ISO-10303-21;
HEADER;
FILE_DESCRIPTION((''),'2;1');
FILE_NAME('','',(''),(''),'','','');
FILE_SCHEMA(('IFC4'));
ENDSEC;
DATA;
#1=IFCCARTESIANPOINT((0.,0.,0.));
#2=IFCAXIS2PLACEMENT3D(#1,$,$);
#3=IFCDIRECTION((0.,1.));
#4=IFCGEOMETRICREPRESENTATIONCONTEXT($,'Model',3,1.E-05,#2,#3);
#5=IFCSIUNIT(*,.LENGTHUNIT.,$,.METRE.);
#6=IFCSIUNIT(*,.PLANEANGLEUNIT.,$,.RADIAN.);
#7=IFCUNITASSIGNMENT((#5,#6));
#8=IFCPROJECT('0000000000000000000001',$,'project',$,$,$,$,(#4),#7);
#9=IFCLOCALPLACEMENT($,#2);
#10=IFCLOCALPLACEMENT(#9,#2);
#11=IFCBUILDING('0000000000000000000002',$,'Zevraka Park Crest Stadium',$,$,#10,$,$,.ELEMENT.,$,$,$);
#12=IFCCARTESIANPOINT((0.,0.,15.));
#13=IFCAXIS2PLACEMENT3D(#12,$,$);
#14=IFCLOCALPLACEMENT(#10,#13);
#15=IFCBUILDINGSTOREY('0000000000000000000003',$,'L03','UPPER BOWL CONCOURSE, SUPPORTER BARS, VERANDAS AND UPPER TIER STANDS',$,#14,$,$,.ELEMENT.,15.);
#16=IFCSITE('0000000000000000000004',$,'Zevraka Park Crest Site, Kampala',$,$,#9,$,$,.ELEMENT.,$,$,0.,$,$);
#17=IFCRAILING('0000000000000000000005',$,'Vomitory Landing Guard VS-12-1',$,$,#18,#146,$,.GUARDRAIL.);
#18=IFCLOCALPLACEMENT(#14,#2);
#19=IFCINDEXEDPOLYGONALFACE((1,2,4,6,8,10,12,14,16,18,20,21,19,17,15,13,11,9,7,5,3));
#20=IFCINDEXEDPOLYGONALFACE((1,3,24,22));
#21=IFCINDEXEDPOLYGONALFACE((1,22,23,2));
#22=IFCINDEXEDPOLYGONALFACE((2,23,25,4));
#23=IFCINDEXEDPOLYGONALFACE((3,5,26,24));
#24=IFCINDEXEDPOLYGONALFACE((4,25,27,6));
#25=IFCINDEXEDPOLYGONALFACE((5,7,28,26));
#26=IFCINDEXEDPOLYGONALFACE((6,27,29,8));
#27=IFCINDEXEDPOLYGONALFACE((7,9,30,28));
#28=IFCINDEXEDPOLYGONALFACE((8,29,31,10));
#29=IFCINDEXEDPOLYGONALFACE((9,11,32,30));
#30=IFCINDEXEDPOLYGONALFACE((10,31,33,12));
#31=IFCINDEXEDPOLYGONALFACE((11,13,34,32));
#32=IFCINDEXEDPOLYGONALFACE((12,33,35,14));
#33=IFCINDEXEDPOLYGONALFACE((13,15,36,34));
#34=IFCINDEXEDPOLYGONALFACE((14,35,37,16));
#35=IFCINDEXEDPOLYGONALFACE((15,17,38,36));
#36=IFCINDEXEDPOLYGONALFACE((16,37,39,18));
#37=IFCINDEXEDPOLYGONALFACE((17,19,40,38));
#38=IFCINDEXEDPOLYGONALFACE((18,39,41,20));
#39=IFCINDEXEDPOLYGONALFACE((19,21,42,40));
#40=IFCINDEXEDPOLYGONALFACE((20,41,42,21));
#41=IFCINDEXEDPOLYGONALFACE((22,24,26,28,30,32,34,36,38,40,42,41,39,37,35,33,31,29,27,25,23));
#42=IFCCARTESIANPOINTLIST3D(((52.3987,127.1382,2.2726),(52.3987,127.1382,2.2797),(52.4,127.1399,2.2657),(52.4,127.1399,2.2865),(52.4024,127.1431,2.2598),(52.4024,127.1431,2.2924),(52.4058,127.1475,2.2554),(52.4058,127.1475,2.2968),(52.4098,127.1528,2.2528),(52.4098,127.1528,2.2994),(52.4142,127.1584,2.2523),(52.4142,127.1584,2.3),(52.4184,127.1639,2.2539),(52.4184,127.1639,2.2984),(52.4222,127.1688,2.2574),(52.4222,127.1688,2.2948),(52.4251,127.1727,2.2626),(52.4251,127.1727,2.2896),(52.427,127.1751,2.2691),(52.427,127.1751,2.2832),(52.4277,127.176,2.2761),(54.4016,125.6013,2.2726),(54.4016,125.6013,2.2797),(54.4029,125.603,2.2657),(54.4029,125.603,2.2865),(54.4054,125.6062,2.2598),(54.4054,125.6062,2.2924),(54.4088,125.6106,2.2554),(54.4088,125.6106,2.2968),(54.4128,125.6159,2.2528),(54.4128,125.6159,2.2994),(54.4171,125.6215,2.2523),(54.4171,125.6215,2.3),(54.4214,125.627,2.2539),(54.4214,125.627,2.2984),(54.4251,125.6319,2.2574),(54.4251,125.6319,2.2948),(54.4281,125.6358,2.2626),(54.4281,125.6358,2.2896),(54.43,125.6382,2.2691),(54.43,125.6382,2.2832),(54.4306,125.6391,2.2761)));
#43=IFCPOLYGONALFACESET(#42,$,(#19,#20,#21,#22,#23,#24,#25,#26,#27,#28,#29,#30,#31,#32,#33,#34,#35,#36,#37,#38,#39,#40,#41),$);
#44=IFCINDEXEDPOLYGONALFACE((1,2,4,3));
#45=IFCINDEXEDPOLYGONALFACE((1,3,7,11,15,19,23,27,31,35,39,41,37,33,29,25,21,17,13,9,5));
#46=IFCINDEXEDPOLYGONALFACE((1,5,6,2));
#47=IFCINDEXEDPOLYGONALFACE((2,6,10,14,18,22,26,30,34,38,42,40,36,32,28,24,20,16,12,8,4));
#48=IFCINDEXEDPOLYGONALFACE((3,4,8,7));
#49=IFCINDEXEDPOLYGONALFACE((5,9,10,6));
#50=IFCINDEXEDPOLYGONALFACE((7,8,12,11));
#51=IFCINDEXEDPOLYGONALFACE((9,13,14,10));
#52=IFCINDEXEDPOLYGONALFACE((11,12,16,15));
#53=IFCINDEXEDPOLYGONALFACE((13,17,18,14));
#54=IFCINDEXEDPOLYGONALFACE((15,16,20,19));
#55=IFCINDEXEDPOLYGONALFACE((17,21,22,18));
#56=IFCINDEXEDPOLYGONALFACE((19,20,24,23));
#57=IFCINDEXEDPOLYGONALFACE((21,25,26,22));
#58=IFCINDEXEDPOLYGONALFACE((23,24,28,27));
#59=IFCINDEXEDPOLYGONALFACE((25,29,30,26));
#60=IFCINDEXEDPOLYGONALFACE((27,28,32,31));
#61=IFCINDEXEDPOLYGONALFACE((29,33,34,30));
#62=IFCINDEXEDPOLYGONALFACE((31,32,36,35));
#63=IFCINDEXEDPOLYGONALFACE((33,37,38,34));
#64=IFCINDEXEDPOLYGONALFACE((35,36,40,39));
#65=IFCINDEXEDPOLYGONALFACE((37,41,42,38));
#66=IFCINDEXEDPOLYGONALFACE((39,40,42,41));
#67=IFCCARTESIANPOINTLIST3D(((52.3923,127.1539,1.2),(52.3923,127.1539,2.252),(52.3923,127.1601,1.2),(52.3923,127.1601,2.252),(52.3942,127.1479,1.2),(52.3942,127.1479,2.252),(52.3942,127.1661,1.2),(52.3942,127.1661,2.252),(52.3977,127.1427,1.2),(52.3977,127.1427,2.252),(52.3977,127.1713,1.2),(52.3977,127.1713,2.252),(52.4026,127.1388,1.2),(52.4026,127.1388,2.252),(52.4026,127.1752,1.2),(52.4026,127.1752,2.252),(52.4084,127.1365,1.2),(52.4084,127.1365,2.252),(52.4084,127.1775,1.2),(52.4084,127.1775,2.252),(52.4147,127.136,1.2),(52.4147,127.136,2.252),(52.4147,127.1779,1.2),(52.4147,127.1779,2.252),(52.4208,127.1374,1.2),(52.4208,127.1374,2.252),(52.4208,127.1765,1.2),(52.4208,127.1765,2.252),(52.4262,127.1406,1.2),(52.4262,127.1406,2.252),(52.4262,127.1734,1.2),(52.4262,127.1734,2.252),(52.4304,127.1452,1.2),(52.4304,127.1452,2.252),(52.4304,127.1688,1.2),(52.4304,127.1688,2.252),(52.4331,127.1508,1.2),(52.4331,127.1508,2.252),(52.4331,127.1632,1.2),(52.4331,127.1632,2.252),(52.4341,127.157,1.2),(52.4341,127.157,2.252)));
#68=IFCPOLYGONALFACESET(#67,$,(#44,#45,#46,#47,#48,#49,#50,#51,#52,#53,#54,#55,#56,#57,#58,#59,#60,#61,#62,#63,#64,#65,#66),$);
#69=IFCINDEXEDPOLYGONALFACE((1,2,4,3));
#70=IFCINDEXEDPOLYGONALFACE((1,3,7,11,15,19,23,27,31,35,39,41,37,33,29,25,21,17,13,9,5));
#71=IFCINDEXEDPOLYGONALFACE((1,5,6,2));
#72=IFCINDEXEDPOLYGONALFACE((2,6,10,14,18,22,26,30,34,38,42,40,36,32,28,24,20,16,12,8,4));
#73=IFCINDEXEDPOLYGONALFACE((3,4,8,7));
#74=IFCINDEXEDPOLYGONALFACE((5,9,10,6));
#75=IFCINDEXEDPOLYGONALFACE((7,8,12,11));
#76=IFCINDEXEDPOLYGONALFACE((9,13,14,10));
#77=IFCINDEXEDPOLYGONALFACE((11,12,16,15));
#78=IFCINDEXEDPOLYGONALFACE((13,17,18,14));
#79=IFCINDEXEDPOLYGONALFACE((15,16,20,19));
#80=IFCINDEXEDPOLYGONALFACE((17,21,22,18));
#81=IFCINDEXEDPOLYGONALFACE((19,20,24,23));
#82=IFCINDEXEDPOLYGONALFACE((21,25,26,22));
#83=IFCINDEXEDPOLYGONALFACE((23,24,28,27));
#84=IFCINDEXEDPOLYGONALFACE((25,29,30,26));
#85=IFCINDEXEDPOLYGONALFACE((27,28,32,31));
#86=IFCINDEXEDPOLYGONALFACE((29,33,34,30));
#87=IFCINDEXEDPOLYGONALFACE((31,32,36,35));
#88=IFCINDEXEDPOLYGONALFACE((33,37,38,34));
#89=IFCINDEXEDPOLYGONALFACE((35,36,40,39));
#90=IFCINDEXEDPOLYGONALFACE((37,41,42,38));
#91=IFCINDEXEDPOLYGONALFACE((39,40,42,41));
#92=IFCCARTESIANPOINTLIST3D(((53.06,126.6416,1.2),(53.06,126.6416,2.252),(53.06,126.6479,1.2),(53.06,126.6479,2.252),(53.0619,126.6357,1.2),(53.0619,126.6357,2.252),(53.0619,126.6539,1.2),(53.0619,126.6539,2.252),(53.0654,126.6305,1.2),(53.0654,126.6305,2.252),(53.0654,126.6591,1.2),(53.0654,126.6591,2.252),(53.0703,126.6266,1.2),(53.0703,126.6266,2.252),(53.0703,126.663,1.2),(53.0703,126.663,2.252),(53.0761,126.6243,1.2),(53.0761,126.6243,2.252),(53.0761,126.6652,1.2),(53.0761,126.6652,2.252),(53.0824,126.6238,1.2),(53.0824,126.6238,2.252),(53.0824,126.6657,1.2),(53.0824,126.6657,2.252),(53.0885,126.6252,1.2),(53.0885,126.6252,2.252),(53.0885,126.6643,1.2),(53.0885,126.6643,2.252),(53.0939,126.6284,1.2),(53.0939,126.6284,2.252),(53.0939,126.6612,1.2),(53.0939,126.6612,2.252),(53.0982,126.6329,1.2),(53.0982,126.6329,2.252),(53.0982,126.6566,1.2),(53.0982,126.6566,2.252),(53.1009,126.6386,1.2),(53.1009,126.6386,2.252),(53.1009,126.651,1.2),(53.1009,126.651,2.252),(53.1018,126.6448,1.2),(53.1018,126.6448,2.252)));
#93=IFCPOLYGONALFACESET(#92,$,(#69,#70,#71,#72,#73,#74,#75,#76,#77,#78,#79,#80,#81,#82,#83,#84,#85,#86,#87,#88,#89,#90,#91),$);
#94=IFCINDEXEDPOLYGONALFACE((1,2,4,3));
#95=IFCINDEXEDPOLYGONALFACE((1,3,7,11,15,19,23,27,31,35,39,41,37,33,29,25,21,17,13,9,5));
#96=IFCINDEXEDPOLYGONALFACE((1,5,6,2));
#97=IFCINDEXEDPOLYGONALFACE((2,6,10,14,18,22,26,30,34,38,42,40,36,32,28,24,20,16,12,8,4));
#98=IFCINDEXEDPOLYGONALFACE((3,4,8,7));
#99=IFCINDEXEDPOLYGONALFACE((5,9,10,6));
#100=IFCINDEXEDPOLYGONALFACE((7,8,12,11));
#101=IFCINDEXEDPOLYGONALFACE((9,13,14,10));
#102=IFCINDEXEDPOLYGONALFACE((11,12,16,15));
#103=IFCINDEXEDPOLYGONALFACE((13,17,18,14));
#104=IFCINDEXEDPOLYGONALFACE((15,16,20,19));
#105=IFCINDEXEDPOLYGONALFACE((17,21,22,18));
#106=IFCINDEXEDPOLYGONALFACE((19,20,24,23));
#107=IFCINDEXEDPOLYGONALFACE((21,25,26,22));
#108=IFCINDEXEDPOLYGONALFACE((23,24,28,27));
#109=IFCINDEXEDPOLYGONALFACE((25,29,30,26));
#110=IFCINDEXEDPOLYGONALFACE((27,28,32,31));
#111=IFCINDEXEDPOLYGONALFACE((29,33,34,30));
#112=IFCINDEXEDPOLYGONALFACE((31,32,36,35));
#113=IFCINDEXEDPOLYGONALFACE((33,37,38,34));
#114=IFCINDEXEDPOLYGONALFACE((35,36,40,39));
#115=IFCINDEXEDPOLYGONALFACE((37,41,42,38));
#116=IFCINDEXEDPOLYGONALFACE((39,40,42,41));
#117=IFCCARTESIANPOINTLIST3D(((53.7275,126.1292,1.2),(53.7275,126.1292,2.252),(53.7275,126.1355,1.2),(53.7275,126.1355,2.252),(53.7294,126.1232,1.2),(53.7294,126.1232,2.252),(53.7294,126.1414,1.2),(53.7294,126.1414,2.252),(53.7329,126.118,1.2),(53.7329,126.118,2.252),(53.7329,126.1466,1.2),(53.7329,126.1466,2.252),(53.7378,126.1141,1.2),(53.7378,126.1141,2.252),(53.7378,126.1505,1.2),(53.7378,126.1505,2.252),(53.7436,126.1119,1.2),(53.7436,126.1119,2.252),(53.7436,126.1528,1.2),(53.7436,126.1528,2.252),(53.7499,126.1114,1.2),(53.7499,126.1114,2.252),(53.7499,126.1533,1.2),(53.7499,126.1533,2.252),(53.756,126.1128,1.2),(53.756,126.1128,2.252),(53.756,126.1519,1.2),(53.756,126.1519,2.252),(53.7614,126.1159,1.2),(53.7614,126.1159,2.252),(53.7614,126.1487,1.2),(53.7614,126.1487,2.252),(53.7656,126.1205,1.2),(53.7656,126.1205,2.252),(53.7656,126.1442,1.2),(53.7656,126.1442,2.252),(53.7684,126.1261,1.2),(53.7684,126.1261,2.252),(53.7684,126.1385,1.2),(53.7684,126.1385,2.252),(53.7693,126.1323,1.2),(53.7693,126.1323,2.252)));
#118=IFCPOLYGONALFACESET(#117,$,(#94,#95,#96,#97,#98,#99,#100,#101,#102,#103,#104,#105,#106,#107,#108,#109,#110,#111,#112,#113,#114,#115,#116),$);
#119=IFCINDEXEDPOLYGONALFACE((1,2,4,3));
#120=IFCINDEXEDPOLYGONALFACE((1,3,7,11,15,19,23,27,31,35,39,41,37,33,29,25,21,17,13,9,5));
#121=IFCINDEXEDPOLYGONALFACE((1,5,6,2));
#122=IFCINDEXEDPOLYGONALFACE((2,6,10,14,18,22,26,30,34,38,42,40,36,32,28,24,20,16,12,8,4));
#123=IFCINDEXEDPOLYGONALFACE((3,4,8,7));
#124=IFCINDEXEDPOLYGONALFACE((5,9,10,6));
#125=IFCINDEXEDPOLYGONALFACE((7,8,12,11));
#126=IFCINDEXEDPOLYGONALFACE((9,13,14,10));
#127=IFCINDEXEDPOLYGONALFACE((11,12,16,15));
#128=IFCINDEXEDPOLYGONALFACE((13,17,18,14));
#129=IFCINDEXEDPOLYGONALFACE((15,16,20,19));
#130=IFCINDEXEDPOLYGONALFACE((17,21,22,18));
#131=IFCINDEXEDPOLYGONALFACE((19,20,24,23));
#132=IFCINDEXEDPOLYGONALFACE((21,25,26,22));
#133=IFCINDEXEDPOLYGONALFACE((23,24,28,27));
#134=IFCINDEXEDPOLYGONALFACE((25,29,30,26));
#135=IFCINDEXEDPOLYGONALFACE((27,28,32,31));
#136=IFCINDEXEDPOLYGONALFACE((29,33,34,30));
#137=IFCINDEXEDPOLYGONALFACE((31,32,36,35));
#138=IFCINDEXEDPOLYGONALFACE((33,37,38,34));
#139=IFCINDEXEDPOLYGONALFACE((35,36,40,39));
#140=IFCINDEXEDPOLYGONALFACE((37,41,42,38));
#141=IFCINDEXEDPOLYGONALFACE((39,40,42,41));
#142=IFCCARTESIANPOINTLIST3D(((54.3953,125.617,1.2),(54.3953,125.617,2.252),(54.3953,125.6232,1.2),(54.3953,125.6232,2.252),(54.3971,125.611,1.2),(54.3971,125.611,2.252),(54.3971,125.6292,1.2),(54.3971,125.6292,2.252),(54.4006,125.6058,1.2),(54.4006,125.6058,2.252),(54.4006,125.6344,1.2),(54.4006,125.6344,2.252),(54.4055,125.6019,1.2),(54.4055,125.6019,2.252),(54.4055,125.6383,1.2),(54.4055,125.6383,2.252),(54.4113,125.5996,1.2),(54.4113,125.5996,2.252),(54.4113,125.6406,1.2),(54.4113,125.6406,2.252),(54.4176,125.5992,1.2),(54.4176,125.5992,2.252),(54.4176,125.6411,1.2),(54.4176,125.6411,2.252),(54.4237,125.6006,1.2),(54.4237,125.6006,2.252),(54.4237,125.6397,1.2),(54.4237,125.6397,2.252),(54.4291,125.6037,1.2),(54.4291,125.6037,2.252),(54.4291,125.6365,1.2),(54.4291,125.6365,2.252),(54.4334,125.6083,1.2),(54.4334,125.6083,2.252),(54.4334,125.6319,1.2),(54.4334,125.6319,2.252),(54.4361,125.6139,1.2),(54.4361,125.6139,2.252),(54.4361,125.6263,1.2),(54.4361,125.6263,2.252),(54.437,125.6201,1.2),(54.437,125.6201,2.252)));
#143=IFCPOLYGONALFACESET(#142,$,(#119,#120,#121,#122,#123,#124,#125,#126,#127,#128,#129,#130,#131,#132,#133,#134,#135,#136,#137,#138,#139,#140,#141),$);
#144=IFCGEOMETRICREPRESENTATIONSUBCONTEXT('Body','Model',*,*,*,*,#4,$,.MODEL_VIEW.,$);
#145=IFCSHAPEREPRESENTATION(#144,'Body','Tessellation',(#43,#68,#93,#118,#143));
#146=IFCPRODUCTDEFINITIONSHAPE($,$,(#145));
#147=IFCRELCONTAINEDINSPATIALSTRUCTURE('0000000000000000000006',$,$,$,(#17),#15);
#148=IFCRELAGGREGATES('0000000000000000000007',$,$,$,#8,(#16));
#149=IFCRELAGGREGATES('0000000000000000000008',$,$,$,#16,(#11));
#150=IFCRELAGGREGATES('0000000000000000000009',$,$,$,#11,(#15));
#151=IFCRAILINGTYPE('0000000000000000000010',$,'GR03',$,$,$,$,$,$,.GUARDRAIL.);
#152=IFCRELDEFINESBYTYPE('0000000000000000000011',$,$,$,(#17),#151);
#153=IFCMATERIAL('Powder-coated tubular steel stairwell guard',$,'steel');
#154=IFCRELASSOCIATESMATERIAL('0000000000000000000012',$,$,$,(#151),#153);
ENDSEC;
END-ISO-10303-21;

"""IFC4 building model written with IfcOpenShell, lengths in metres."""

from ifc_helpers import new_model, si_unit, direction, frame, origin, origin_2d, place, context, subcontext, project, spatial, circle, extrude, material, type_object, element, save


model = new_model("IFC4")

# Units and contexts
model_context = context("Model", 3, precision=1e-05, world=origin(), true_north=direction((0.0, 1.0)))
body_context = subcontext(model_context, "Body", "Model", "MODEL_VIEW")
ifc_project = project(units=[si_unit("LENGTHUNIT", "METRE"), si_unit("PLANEANGLEUNIT", "RADIAN")], contexts=[model_context])

# Site, building, storey
site_placement = place(None, origin())
site = spatial("IfcSite", under=ifc_project, at=site_placement, Name="Zevraka Park Crest Site, Kampala", CompositionType="ELEMENT", RefElevation=0.0)
building_placement = place(site_placement, origin())
building = spatial("IfcBuilding", under=site, at=building_placement, Name="Zevraka Park Crest Stadium", CompositionType="ELEMENT")
storey_placement = place(building_placement, frame((0.0, 0.0, 15.0)))
storey = spatial("IfcBuildingStorey", under=building, at=storey_placement, Name="L03", Description="UPPER BOWL CONCOURSE, SUPPORTER BARS, VERANDAS AND UPPER TIER STANDS", CompositionType="ELEMENT", Elevation=15.0)

# Railing
ifc_material_1 = material(Name="Powder-coated tubular steel stairwell guard", Category="steel")
railing_type_1 = type_object("IfcRailingType", Name="GR03", PredefinedType="GUARDRAIL", material=ifc_material_1)
railing_1_placement = place(storey_placement, frame((52.4131, 127.157, 1.2)))
element("IfcRailing", 1, at=railing_1_placement, inside=storey, type_object=railing_type_1, Name="Vomitory Landing Guard VS-12-1", PredefinedType="GUARDRAIL", context=body_context, shape_type="SweptSolid", body=[
    extrude(circle(Radius=0.0239, at=origin_2d()), frame((0.0, 0.0, 1.0762), z_axis=(0.79336, -0.608752, 0.0), x_axis=(0.608752, 0.79336, 0.0)), (0.0, 0.0, 1.0), 2.5247),
    extrude(circle(Radius=0.021, at=origin_2d()), origin(), (0.0, 0.0, 1.0), 1.052),
    extrude(circle(Radius=0.021, at=origin_2d()), frame((0.6677, -0.5122, 0.0)), (0.0, 0.0, 1.0), 1.052),
    extrude(circle(Radius=0.021, at=origin_2d()), frame((1.3352, -1.0247, 0.0)), (0.0, 0.0, 1.0), 1.052),
    extrude(circle(Radius=0.021, at=origin_2d()), frame((2.0029, -1.5369, 0.0)), (0.0, 0.0, 1.0), 1.052),
])

save(model, "model.ifc")
